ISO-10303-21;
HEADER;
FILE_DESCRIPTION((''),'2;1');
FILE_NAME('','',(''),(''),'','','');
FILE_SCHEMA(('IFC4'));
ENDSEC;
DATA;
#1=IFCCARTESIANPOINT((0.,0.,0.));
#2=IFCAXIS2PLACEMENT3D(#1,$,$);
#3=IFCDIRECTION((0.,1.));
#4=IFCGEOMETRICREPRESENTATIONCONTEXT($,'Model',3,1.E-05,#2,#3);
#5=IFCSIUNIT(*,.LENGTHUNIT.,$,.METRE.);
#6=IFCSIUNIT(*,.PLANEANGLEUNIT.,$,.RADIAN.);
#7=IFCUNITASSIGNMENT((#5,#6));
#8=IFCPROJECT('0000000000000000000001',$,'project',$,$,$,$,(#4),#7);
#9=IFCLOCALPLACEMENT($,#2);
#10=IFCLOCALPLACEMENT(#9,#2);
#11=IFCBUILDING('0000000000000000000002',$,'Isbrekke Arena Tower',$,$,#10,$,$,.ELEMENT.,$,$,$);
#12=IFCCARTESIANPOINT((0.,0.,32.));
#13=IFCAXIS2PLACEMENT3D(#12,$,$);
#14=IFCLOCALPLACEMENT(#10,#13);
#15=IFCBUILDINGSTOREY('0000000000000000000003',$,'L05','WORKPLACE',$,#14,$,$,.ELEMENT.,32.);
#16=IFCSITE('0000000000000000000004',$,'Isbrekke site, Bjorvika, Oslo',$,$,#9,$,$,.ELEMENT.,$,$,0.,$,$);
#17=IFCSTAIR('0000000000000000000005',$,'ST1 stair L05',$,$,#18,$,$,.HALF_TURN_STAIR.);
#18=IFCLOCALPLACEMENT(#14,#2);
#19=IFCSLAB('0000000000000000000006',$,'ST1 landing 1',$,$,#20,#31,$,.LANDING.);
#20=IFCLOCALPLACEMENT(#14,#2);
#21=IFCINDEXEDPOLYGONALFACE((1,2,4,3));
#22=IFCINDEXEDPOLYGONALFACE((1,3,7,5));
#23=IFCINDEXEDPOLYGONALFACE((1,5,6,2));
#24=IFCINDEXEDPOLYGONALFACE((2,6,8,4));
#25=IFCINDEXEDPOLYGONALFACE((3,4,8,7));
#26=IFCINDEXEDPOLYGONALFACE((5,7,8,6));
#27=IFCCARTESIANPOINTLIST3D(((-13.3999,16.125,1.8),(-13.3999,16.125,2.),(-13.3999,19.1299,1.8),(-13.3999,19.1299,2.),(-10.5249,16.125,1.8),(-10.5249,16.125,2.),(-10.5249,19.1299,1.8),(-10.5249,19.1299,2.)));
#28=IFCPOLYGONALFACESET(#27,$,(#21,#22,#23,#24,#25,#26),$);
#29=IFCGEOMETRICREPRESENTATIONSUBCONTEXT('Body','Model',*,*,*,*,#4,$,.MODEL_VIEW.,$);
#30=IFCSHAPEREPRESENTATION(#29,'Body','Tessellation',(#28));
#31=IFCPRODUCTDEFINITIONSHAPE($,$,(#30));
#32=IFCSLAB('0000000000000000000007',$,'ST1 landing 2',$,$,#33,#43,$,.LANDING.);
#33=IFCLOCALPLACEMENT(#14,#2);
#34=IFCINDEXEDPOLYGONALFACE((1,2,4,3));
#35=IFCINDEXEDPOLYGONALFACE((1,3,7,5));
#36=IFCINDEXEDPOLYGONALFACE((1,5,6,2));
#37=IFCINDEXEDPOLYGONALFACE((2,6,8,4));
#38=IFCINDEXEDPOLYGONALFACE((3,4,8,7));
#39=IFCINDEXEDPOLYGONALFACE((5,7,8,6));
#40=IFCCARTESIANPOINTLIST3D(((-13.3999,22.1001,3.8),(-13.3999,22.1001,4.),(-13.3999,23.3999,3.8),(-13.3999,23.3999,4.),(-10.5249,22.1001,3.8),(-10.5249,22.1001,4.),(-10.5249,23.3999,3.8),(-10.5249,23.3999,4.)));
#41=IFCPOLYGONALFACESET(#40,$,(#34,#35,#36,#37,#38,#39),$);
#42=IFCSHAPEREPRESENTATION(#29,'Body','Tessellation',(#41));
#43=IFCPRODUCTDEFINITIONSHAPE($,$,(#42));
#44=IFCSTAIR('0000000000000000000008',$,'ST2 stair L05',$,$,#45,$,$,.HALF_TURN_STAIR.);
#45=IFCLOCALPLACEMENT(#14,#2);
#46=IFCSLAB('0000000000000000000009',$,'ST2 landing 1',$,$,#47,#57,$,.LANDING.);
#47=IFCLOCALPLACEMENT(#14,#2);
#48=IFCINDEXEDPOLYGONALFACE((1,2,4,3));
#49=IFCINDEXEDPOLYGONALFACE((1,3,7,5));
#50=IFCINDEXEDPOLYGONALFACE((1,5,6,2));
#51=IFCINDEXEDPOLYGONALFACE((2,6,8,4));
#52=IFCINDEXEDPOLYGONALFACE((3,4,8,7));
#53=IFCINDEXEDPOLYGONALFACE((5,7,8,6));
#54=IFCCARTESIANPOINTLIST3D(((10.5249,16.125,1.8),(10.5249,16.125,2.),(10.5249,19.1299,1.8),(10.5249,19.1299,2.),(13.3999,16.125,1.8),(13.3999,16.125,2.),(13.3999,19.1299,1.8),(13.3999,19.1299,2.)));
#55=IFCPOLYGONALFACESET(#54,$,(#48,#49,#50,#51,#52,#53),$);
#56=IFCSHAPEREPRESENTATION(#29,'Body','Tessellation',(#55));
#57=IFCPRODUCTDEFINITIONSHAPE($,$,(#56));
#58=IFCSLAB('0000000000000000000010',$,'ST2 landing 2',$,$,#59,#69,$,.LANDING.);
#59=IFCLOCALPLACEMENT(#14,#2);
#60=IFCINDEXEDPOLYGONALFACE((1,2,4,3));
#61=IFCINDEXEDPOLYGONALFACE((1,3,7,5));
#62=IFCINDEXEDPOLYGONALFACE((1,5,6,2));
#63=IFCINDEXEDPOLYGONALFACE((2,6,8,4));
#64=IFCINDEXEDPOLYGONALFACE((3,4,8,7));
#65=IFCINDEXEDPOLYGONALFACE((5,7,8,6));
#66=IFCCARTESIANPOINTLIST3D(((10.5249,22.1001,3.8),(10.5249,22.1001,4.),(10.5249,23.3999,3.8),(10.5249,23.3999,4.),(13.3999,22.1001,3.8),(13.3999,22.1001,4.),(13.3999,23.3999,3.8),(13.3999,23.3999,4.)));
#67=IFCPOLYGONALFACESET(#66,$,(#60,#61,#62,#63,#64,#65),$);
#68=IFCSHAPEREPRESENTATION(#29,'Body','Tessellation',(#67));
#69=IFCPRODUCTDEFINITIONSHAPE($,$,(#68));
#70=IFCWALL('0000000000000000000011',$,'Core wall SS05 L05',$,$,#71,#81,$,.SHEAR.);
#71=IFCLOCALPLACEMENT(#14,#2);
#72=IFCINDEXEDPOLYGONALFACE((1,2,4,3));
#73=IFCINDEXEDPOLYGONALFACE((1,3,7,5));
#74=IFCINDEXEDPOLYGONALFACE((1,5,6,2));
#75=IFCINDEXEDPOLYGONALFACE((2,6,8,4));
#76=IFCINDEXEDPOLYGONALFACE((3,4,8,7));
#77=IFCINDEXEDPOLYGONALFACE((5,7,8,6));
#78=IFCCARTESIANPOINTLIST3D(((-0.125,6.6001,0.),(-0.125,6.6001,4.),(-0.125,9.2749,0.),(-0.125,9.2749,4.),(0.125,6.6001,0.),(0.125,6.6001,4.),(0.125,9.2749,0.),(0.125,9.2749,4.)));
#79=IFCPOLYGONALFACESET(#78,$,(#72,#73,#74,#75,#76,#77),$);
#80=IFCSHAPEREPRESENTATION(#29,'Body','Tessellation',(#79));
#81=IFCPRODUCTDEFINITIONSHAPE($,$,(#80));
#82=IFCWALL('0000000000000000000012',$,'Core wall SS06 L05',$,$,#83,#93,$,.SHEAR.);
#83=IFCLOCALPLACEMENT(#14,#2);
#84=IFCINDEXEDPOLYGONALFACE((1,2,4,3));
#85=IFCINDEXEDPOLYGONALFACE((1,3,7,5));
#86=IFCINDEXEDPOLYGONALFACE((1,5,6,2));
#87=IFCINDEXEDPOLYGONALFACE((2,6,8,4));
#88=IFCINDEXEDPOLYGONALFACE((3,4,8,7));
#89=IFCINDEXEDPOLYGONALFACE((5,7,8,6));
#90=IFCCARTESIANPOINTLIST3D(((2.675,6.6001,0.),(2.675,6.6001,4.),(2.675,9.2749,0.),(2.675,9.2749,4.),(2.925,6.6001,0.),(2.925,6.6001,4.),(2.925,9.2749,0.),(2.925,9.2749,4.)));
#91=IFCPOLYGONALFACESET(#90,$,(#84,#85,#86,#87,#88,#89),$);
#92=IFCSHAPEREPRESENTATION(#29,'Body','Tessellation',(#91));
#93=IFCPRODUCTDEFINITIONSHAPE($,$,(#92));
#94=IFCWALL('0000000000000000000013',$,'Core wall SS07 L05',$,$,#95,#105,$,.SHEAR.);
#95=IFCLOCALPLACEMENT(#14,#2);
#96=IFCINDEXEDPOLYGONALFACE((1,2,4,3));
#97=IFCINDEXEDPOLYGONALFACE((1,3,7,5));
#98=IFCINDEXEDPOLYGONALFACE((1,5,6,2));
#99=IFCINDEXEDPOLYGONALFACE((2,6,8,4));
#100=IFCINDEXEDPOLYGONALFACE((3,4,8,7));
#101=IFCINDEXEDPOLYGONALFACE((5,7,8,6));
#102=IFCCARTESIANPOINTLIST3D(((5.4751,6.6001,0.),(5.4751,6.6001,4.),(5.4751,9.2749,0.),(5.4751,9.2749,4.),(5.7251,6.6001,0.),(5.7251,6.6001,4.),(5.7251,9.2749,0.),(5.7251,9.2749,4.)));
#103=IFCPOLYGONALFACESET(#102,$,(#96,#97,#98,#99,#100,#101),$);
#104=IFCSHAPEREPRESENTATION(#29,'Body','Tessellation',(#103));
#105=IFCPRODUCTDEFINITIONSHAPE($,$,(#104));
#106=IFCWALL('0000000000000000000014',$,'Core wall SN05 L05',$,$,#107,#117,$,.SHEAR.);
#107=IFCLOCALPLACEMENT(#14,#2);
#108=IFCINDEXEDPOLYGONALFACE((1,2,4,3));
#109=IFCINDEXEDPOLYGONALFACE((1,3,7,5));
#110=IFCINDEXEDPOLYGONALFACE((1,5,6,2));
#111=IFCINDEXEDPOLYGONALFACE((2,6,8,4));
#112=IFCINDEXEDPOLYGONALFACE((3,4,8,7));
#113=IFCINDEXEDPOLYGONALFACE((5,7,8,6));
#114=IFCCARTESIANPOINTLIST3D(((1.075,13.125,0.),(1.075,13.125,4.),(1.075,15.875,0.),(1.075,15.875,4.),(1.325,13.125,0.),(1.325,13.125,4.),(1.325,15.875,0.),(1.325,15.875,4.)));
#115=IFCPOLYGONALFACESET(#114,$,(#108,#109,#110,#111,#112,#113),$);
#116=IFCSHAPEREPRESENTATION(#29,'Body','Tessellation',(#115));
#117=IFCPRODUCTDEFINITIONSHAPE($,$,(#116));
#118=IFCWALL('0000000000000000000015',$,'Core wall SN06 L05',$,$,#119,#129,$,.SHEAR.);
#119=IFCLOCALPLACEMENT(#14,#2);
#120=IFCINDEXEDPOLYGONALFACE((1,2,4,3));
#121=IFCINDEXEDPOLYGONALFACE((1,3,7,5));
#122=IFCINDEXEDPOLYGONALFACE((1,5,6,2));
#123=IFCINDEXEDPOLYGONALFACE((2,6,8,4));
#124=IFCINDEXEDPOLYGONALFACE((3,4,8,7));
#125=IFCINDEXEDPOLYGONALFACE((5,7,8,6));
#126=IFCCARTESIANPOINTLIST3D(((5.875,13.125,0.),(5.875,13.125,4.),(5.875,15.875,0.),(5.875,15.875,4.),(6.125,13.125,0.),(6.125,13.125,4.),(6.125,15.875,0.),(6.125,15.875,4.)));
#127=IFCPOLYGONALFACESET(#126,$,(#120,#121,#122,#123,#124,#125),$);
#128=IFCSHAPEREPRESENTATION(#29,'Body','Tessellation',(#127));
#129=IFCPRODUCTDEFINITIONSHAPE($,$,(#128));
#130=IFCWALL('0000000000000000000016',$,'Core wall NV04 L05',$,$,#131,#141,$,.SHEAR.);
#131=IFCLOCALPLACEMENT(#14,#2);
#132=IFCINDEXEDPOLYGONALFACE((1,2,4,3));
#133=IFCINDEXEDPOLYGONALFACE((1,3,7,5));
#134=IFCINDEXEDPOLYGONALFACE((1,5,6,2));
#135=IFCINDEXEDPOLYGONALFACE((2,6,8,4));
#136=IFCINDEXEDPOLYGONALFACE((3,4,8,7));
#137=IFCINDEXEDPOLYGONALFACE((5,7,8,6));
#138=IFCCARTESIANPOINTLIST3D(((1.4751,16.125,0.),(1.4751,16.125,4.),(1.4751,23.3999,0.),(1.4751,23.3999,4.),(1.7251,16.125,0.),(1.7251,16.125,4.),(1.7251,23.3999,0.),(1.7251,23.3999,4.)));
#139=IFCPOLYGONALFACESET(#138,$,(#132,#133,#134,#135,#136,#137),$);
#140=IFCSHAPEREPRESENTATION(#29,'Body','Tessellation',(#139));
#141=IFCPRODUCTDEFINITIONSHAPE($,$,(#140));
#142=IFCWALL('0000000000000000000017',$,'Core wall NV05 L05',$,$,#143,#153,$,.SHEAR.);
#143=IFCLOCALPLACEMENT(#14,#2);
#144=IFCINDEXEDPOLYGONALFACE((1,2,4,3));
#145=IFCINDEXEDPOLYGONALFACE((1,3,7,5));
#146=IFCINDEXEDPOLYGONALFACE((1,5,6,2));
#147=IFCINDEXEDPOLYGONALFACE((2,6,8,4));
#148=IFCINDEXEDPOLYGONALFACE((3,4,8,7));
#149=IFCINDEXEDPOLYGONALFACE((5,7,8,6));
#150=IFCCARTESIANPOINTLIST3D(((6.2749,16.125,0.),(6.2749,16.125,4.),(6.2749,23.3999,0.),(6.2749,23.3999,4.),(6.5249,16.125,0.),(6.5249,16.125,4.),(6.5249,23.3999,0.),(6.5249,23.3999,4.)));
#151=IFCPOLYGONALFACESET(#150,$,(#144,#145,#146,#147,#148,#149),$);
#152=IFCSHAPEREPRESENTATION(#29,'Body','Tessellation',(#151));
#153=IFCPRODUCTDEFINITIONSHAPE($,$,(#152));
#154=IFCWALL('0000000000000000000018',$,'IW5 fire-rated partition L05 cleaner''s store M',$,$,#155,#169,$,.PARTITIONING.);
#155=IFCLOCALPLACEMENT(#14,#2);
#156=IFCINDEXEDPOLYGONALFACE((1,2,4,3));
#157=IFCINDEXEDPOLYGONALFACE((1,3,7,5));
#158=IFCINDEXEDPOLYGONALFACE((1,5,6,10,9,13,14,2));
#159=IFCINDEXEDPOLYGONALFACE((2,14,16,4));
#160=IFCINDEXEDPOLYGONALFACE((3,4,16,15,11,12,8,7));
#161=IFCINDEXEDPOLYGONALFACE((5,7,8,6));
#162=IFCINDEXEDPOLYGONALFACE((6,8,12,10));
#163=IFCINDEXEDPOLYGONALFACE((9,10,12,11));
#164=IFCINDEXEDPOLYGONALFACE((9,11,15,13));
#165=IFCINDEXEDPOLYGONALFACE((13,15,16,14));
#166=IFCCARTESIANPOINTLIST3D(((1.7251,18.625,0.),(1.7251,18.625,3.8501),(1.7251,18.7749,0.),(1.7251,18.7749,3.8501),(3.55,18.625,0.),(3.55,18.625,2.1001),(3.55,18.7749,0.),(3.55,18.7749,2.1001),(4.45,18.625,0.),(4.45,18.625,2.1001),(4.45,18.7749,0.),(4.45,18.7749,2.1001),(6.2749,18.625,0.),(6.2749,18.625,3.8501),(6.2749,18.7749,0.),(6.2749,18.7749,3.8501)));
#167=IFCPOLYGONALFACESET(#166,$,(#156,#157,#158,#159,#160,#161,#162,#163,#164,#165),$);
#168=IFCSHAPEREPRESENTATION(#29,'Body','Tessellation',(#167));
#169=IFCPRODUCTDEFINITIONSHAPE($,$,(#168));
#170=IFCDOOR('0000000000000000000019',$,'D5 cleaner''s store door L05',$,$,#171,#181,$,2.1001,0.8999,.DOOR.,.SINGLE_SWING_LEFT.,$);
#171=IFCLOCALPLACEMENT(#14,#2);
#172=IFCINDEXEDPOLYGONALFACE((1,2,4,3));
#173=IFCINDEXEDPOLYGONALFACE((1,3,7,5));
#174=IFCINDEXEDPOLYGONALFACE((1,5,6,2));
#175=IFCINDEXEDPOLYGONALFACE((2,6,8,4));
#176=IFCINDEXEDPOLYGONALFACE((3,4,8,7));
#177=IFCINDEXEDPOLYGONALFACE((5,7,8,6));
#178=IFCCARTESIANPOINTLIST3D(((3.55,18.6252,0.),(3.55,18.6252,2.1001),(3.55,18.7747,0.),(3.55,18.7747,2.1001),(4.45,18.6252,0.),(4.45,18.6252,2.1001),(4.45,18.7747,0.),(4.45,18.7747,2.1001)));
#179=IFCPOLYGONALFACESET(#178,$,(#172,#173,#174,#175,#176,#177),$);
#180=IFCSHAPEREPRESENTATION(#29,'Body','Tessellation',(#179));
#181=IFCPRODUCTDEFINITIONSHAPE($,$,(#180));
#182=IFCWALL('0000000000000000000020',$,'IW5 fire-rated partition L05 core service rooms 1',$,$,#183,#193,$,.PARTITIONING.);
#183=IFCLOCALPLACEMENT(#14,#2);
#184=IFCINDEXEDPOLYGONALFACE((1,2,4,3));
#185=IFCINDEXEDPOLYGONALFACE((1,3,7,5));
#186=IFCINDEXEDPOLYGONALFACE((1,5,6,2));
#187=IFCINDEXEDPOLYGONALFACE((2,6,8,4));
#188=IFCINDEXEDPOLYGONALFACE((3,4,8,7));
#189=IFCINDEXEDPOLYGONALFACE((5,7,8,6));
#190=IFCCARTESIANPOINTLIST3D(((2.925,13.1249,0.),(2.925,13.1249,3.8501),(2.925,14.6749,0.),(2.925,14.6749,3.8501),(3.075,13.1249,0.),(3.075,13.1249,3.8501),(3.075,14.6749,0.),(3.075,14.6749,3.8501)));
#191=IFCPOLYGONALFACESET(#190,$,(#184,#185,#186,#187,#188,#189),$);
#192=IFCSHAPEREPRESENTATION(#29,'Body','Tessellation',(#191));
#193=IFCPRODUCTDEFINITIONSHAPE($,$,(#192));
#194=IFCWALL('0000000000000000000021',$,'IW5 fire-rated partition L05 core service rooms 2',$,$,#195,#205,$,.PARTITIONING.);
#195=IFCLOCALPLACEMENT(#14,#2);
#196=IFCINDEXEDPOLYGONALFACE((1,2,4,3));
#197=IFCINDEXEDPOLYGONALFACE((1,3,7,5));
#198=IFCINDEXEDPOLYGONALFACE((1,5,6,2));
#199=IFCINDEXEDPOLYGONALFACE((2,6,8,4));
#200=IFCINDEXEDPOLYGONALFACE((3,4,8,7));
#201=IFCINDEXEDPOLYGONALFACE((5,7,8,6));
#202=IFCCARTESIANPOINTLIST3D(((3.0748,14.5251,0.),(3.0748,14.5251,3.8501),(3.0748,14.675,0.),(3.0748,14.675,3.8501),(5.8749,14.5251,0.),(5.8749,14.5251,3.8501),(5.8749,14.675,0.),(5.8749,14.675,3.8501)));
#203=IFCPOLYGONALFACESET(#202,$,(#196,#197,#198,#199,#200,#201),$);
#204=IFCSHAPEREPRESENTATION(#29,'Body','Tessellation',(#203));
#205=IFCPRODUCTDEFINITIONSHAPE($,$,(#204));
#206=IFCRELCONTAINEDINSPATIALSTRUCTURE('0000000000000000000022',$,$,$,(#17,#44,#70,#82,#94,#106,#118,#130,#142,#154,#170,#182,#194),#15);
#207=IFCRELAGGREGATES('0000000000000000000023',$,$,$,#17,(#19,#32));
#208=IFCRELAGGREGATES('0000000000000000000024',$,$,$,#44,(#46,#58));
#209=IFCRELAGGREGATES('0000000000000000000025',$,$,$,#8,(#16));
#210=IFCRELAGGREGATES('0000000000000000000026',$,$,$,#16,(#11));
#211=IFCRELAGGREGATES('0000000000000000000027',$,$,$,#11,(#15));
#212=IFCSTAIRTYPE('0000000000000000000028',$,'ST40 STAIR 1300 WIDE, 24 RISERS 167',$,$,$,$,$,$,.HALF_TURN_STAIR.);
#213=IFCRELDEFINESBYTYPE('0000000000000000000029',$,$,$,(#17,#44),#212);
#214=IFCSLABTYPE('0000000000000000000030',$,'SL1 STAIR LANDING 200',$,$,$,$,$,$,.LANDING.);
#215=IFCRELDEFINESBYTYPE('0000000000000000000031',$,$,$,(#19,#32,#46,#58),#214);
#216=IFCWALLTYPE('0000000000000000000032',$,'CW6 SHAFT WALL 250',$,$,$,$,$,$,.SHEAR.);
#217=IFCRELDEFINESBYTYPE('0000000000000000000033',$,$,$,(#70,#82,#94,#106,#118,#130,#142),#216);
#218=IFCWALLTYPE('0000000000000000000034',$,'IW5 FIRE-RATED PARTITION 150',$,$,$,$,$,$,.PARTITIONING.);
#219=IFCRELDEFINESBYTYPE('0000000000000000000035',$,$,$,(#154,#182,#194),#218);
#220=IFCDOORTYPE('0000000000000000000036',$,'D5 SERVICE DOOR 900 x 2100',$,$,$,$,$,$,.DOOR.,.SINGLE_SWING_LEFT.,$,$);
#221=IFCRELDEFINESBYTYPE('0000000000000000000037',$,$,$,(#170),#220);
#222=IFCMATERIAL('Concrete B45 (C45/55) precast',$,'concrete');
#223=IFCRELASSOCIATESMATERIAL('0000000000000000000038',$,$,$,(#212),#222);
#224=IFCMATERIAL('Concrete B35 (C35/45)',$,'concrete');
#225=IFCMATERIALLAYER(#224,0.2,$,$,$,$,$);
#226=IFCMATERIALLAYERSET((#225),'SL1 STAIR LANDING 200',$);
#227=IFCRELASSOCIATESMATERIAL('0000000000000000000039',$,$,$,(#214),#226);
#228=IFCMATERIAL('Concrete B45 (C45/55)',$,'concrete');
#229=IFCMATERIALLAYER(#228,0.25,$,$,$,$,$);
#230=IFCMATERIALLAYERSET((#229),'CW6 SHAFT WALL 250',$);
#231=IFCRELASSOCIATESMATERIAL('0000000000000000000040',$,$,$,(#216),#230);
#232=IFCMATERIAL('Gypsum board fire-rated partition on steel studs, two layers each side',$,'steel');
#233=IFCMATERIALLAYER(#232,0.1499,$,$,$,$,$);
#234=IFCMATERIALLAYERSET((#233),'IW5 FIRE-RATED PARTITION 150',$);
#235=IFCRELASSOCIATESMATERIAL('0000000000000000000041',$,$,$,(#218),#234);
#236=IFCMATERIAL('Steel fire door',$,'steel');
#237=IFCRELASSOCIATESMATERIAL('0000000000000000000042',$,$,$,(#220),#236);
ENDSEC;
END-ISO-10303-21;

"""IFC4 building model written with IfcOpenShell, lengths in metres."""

from ifc_helpers import new_model, si_unit, direction, frame, frame_2d, origin, place, context, subcontext, project, spatial, polyline, rectangle, outline, extrude, material, layer, layer_set, type_object, element, fill, aggregate, save


model = new_model("IFC4")

# Units and contexts
model_context = context("Model", 3, precision=1e-05, world=origin(), true_north=direction((0.0, 1.0)))
body_context = subcontext(model_context, "Body", "Model", "MODEL_VIEW")
ifc_project = project(units=[si_unit("LENGTHUNIT", "METRE"), si_unit("PLANEANGLEUNIT", "RADIAN")], contexts=[model_context])

# Site, building, storey
site_placement = place(None, origin())
site = spatial("IfcSite", under=ifc_project, at=site_placement, Name="Isbrekke site, Bjorvika, Oslo", CompositionType="ELEMENT", RefElevation=0.0)
building_placement = place(site_placement, origin())
building = spatial("IfcBuilding", under=site, at=building_placement, Name="Isbrekke Arena Tower", CompositionType="ELEMENT")
storey_placement = place(building_placement, frame((0.0, 0.0, 32.0)))
storey = spatial("IfcBuildingStorey", under=building, at=storey_placement, Name="L05", Description="WORKPLACE", CompositionType="ELEMENT", Elevation=32.0)

# Stairs, slabs
ifc_material_1 = material(Name="Concrete B45 (C45/55) precast", Category="concrete")
stair_type = type_object("IfcStairType", Name="ST40 STAIR 1300 WIDE, 24 RISERS 167", PredefinedType="HALF_TURN_STAIR", material=ifc_material_1)
stair_1_placement = place(storey_placement, origin())
stair_1 = element("IfcStair", 1, at=stair_1_placement, inside=storey, type_object=stair_type, Name="ST1 stair L05", PredefinedType="HALF_TURN_STAIR")
ifc_material_2 = material(Name="Concrete B35 (C35/45)", Category="concrete")
ifc_layer_1 = layer(ifc_material_2, 0.2)
ifc_layer_set_1 = layer_set([ifc_layer_1], Name="SL1 STAIR LANDING 200")
slab_type = type_object("IfcSlabType", Name="SL1 STAIR LANDING 200", PredefinedType="LANDING", material=ifc_layer_set_1)
slab_1_placement = place(storey_placement, frame((0.0, 0.0, 1.8)))
slab_1 = element("IfcSlab", 2, at=slab_1_placement, type_object=slab_type, Name="ST1 landing 1", PredefinedType="LANDING", context=body_context, shape_type="SweptSolid", body=[
    extrude(outline(polyline([(-13.3999, 16.125), (-10.5249, 16.125), (-10.5249, 19.1299), (-13.3999, 19.1299), (-13.3999, 16.125)])), origin(), (0.0, 0.0, 1.0), 0.2),
])
slab_2_placement = place(storey_placement, frame((0.0, 0.0, 3.8)))
slab_2 = element("IfcSlab", 3, at=slab_2_placement, type_object=slab_type, Name="ST1 landing 2", PredefinedType="LANDING", context=body_context, shape_type="SweptSolid", body=[
    extrude(outline(polyline([(-13.3999, 22.1001), (-10.5249, 22.1001), (-10.5249, 23.3999), (-13.3999, 23.3999), (-13.3999, 22.1001)])), origin(), (0.0, 0.0, 1.0), 0.2),
])
aggregate(stair_1, [slab_1, slab_2])
stair_2_placement = place(storey_placement, origin())
stair_2 = element("IfcStair", 4, at=stair_2_placement, inside=storey, type_object=stair_type, Name="ST2 stair L05", PredefinedType="HALF_TURN_STAIR")
slab_3_placement = place(storey_placement, frame((0.0, 0.0, 1.8)))
slab_3 = element("IfcSlab", 5, at=slab_3_placement, type_object=slab_type, Name="ST2 landing 1", PredefinedType="LANDING", context=body_context, shape_type="SweptSolid", body=[
    extrude(outline(polyline([(10.5249, 16.125), (13.3999, 16.125), (13.3999, 19.1299), (10.5249, 19.1299), (10.5249, 16.125)])), origin(), (0.0, 0.0, 1.0), 0.2),
])
slab_4_placement = place(storey_placement, frame((0.0, 0.0, 3.8)))
slab_4 = element("IfcSlab", 6, at=slab_4_placement, type_object=slab_type, Name="ST2 landing 2", PredefinedType="LANDING", context=body_context, shape_type="SweptSolid", body=[
    extrude(outline(polyline([(10.5249, 22.1001), (13.3999, 22.1001), (13.3999, 23.3999), (10.5249, 23.3999), (10.5249, 22.1001)])), origin(), (0.0, 0.0, 1.0), 0.2),
])
aggregate(stair_2, [slab_3, slab_4])

# Walls
ifc_material_3 = material(Name="Concrete B45 (C45/55)", Category="concrete")
ifc_layer_2 = layer(ifc_material_3, 0.25)
ifc_layer_set_2 = layer_set([ifc_layer_2], Name="CW6 SHAFT WALL 250")
wall_type_1 = type_object("IfcWallType", Name="CW6 SHAFT WALL 250", PredefinedType="SHEAR", material=ifc_layer_set_2)
for number, where, z_axis, x_axis, name in (
    (7, (0.0, 6.6001, 0.0), (0.0, 0.0, 1.0), (0.0, 1.0, 0.0), "Core wall SS05 L05"),
    (8, (2.8, 6.6001, 0.0), (0.0, 0.0, 1.0), (0.0, 1.0, 0.0), "Core wall SS06 L05"),
    (9, (5.6001, 6.6001, 0.0), (0.0, 0.0, 1.0), (0.0, 1.0, 0.0), "Core wall SS07 L05"),
):
    element("IfcWall", number, at=place(storey_placement, frame(where, z_axis=z_axis, x_axis=x_axis)), inside=storey, type_object=wall_type_1, Name=name, PredefinedType="SHEAR", context=body_context, shape_type="SweptSolid", body=[
        extrude(rectangle(XDim=2.6748, YDim=0.25, at=frame_2d((1.3374, 0.0))), origin(), (0.0, 0.0, 1.0), 4.0),
    ])
for number, where, z_axis, x_axis, name in (
    (10, (1.2, 13.125, 0.0), (0.0, 0.0, 1.0), (0.0, 1.0, 0.0), "Core wall SN05 L05"),
    (11, (6.0, 13.125, 0.0), (0.0, 0.0, 1.0), (0.0, 1.0, 0.0), "Core wall SN06 L05"),
):
    element("IfcWall", number, at=place(storey_placement, frame(where, z_axis=z_axis, x_axis=x_axis)), inside=storey, type_object=wall_type_1, Name=name, PredefinedType="SHEAR", context=body_context, shape_type="SweptSolid", body=[
        extrude(rectangle(XDim=2.75, YDim=0.25, at=frame_2d((1.375, 0.0))), origin(), (0.0, 0.0, 1.0), 4.0),
    ])
for number, where, z_axis, x_axis, name in (
    (12, (1.6001, 16.125, 0.0), (0.0, 0.0, 1.0), (0.0, 1.0, 0.0), "Core wall NV04 L05"),
    (13, (6.3999, 16.125, 0.0), (0.0, 0.0, 1.0), (0.0, 1.0, 0.0), "Core wall NV05 L05"),
):
    element("IfcWall", number, at=place(storey_placement, frame(where, z_axis=z_axis, x_axis=x_axis)), inside=storey, type_object=wall_type_1, Name=name, PredefinedType="SHEAR", context=body_context, shape_type="SweptSolid", body=[
        extrude(rectangle(XDim=7.2749, YDim=0.25, at=frame_2d((3.6375, 0.0))), origin(), (0.0, 0.0, 1.0), 4.0),
    ])

# Wall, opening, door
ifc_material_4 = material(Name="Gypsum board fire-rated partition on steel studs, two layers each side", Category="steel")
ifc_layer_3 = layer(ifc_material_4, 0.1499)
ifc_layer_set_3 = layer_set([ifc_layer_3], Name="IW5 FIRE-RATED PARTITION 150")
wall_type_2 = type_object("IfcWallType", Name="IW5 FIRE-RATED PARTITION 150", PredefinedType="PARTITIONING", material=ifc_layer_set_3)
wall_1_placement = place(storey_placement, frame((1.7251, 18.7, 0.0), z_axis=(0.0, 0.0, 1.0), x_axis=(1.0, 0.0, 0.0)))
wall_1 = element("IfcWall", 14, at=wall_1_placement, inside=storey, type_object=wall_type_2, Name="IW5 fire-rated partition L05 cleaner's store M", PredefinedType="PARTITIONING", context=body_context, shape_type="SweptSolid", body=[
    extrude(rectangle(XDim=4.5498, YDim=0.1499, at=frame_2d((2.2749, 0.0))), origin(), (0.0, 0.0, 1.0), 3.8501),
])
opening_1_placement = place(wall_1_placement, frame((1.825, 0.0, 0.0)))
opening_1 = element("IfcOpeningElement", 15, at=opening_1_placement, cuts=wall_1, PredefinedType="OPENING", context=body_context, shape_type="SweptSolid", body=[
    extrude(rectangle(XDim=0.8999, YDim=2.1001, at=frame_2d((0.45, 1.05))), frame((0.0, 0.0898, 0.0), z_axis=(0.0, -1.0, 0.0), x_axis=(1.0, 0.0, 0.0)), (0.0, 0.0, 1.0), 0.1797),
])
ifc_material_5 = material(Name="Steel fire door", Category="steel")
door_type = type_object("IfcDoorType", Name="D5 SERVICE DOOR 900 x 2100", OperationType="SINGLE_SWING_LEFT", PredefinedType="DOOR", material=ifc_material_5)
door_1_placement = place(opening_1_placement, origin())
door_1 = element("IfcDoor", 16, at=door_1_placement, inside=storey, type_object=door_type, Name="D5 cleaner's store door L05", OperationType="SINGLE_SWING_LEFT", OverallHeight=2.1001, OverallWidth=0.8999, PredefinedType="DOOR", context=body_context, shape_type="SweptSolid", body=[
    extrude(rectangle(XDim=0.8999, YDim=2.1001, at=frame_2d((0.45, 1.05))), frame((0.0, 0.0747, 0.0), z_axis=(0.0, -1.0, 0.0), x_axis=(1.0, 0.0, 0.0)), (0.0, 0.0, 1.0), 0.1494),
])
fill(opening_1, door_1)

# Walls
wall_2_placement = place(storey_placement, frame((3.0, 13.125, 0.0), z_axis=(0.0, 0.0, 1.0), x_axis=(0.0, 1.0, 0.0)))
element("IfcWall", 17, at=wall_2_placement, inside=storey, type_object=wall_type_2, Name="IW5 fire-rated partition L05 core service rooms 1", PredefinedType="PARTITIONING", context=body_context, shape_type="SweptSolid", body=[
    extrude(rectangle(XDim=1.55, YDim=0.1499, at=frame_2d((0.7749, 0.0))), origin(), (0.0, 0.0, 1.0), 3.8501),
])
wall_3_placement = place(storey_placement, frame((3.075, 14.6001, 0.0), z_axis=(0.0, 0.0, 1.0), x_axis=(1.0, 0.0, 0.0)))
element("IfcWall", 18, at=wall_3_placement, inside=storey, type_object=wall_type_2, Name="IW5 fire-rated partition L05 core service rooms 2", PredefinedType="PARTITIONING", context=body_context, shape_type="SweptSolid", body=[
    extrude(rectangle(XDim=2.8, YDim=0.1499, at=frame_2d((1.3999, 0.0))), origin(), (0.0, 0.0, 1.0), 3.8501),
])

save(model, "model.ifc")
